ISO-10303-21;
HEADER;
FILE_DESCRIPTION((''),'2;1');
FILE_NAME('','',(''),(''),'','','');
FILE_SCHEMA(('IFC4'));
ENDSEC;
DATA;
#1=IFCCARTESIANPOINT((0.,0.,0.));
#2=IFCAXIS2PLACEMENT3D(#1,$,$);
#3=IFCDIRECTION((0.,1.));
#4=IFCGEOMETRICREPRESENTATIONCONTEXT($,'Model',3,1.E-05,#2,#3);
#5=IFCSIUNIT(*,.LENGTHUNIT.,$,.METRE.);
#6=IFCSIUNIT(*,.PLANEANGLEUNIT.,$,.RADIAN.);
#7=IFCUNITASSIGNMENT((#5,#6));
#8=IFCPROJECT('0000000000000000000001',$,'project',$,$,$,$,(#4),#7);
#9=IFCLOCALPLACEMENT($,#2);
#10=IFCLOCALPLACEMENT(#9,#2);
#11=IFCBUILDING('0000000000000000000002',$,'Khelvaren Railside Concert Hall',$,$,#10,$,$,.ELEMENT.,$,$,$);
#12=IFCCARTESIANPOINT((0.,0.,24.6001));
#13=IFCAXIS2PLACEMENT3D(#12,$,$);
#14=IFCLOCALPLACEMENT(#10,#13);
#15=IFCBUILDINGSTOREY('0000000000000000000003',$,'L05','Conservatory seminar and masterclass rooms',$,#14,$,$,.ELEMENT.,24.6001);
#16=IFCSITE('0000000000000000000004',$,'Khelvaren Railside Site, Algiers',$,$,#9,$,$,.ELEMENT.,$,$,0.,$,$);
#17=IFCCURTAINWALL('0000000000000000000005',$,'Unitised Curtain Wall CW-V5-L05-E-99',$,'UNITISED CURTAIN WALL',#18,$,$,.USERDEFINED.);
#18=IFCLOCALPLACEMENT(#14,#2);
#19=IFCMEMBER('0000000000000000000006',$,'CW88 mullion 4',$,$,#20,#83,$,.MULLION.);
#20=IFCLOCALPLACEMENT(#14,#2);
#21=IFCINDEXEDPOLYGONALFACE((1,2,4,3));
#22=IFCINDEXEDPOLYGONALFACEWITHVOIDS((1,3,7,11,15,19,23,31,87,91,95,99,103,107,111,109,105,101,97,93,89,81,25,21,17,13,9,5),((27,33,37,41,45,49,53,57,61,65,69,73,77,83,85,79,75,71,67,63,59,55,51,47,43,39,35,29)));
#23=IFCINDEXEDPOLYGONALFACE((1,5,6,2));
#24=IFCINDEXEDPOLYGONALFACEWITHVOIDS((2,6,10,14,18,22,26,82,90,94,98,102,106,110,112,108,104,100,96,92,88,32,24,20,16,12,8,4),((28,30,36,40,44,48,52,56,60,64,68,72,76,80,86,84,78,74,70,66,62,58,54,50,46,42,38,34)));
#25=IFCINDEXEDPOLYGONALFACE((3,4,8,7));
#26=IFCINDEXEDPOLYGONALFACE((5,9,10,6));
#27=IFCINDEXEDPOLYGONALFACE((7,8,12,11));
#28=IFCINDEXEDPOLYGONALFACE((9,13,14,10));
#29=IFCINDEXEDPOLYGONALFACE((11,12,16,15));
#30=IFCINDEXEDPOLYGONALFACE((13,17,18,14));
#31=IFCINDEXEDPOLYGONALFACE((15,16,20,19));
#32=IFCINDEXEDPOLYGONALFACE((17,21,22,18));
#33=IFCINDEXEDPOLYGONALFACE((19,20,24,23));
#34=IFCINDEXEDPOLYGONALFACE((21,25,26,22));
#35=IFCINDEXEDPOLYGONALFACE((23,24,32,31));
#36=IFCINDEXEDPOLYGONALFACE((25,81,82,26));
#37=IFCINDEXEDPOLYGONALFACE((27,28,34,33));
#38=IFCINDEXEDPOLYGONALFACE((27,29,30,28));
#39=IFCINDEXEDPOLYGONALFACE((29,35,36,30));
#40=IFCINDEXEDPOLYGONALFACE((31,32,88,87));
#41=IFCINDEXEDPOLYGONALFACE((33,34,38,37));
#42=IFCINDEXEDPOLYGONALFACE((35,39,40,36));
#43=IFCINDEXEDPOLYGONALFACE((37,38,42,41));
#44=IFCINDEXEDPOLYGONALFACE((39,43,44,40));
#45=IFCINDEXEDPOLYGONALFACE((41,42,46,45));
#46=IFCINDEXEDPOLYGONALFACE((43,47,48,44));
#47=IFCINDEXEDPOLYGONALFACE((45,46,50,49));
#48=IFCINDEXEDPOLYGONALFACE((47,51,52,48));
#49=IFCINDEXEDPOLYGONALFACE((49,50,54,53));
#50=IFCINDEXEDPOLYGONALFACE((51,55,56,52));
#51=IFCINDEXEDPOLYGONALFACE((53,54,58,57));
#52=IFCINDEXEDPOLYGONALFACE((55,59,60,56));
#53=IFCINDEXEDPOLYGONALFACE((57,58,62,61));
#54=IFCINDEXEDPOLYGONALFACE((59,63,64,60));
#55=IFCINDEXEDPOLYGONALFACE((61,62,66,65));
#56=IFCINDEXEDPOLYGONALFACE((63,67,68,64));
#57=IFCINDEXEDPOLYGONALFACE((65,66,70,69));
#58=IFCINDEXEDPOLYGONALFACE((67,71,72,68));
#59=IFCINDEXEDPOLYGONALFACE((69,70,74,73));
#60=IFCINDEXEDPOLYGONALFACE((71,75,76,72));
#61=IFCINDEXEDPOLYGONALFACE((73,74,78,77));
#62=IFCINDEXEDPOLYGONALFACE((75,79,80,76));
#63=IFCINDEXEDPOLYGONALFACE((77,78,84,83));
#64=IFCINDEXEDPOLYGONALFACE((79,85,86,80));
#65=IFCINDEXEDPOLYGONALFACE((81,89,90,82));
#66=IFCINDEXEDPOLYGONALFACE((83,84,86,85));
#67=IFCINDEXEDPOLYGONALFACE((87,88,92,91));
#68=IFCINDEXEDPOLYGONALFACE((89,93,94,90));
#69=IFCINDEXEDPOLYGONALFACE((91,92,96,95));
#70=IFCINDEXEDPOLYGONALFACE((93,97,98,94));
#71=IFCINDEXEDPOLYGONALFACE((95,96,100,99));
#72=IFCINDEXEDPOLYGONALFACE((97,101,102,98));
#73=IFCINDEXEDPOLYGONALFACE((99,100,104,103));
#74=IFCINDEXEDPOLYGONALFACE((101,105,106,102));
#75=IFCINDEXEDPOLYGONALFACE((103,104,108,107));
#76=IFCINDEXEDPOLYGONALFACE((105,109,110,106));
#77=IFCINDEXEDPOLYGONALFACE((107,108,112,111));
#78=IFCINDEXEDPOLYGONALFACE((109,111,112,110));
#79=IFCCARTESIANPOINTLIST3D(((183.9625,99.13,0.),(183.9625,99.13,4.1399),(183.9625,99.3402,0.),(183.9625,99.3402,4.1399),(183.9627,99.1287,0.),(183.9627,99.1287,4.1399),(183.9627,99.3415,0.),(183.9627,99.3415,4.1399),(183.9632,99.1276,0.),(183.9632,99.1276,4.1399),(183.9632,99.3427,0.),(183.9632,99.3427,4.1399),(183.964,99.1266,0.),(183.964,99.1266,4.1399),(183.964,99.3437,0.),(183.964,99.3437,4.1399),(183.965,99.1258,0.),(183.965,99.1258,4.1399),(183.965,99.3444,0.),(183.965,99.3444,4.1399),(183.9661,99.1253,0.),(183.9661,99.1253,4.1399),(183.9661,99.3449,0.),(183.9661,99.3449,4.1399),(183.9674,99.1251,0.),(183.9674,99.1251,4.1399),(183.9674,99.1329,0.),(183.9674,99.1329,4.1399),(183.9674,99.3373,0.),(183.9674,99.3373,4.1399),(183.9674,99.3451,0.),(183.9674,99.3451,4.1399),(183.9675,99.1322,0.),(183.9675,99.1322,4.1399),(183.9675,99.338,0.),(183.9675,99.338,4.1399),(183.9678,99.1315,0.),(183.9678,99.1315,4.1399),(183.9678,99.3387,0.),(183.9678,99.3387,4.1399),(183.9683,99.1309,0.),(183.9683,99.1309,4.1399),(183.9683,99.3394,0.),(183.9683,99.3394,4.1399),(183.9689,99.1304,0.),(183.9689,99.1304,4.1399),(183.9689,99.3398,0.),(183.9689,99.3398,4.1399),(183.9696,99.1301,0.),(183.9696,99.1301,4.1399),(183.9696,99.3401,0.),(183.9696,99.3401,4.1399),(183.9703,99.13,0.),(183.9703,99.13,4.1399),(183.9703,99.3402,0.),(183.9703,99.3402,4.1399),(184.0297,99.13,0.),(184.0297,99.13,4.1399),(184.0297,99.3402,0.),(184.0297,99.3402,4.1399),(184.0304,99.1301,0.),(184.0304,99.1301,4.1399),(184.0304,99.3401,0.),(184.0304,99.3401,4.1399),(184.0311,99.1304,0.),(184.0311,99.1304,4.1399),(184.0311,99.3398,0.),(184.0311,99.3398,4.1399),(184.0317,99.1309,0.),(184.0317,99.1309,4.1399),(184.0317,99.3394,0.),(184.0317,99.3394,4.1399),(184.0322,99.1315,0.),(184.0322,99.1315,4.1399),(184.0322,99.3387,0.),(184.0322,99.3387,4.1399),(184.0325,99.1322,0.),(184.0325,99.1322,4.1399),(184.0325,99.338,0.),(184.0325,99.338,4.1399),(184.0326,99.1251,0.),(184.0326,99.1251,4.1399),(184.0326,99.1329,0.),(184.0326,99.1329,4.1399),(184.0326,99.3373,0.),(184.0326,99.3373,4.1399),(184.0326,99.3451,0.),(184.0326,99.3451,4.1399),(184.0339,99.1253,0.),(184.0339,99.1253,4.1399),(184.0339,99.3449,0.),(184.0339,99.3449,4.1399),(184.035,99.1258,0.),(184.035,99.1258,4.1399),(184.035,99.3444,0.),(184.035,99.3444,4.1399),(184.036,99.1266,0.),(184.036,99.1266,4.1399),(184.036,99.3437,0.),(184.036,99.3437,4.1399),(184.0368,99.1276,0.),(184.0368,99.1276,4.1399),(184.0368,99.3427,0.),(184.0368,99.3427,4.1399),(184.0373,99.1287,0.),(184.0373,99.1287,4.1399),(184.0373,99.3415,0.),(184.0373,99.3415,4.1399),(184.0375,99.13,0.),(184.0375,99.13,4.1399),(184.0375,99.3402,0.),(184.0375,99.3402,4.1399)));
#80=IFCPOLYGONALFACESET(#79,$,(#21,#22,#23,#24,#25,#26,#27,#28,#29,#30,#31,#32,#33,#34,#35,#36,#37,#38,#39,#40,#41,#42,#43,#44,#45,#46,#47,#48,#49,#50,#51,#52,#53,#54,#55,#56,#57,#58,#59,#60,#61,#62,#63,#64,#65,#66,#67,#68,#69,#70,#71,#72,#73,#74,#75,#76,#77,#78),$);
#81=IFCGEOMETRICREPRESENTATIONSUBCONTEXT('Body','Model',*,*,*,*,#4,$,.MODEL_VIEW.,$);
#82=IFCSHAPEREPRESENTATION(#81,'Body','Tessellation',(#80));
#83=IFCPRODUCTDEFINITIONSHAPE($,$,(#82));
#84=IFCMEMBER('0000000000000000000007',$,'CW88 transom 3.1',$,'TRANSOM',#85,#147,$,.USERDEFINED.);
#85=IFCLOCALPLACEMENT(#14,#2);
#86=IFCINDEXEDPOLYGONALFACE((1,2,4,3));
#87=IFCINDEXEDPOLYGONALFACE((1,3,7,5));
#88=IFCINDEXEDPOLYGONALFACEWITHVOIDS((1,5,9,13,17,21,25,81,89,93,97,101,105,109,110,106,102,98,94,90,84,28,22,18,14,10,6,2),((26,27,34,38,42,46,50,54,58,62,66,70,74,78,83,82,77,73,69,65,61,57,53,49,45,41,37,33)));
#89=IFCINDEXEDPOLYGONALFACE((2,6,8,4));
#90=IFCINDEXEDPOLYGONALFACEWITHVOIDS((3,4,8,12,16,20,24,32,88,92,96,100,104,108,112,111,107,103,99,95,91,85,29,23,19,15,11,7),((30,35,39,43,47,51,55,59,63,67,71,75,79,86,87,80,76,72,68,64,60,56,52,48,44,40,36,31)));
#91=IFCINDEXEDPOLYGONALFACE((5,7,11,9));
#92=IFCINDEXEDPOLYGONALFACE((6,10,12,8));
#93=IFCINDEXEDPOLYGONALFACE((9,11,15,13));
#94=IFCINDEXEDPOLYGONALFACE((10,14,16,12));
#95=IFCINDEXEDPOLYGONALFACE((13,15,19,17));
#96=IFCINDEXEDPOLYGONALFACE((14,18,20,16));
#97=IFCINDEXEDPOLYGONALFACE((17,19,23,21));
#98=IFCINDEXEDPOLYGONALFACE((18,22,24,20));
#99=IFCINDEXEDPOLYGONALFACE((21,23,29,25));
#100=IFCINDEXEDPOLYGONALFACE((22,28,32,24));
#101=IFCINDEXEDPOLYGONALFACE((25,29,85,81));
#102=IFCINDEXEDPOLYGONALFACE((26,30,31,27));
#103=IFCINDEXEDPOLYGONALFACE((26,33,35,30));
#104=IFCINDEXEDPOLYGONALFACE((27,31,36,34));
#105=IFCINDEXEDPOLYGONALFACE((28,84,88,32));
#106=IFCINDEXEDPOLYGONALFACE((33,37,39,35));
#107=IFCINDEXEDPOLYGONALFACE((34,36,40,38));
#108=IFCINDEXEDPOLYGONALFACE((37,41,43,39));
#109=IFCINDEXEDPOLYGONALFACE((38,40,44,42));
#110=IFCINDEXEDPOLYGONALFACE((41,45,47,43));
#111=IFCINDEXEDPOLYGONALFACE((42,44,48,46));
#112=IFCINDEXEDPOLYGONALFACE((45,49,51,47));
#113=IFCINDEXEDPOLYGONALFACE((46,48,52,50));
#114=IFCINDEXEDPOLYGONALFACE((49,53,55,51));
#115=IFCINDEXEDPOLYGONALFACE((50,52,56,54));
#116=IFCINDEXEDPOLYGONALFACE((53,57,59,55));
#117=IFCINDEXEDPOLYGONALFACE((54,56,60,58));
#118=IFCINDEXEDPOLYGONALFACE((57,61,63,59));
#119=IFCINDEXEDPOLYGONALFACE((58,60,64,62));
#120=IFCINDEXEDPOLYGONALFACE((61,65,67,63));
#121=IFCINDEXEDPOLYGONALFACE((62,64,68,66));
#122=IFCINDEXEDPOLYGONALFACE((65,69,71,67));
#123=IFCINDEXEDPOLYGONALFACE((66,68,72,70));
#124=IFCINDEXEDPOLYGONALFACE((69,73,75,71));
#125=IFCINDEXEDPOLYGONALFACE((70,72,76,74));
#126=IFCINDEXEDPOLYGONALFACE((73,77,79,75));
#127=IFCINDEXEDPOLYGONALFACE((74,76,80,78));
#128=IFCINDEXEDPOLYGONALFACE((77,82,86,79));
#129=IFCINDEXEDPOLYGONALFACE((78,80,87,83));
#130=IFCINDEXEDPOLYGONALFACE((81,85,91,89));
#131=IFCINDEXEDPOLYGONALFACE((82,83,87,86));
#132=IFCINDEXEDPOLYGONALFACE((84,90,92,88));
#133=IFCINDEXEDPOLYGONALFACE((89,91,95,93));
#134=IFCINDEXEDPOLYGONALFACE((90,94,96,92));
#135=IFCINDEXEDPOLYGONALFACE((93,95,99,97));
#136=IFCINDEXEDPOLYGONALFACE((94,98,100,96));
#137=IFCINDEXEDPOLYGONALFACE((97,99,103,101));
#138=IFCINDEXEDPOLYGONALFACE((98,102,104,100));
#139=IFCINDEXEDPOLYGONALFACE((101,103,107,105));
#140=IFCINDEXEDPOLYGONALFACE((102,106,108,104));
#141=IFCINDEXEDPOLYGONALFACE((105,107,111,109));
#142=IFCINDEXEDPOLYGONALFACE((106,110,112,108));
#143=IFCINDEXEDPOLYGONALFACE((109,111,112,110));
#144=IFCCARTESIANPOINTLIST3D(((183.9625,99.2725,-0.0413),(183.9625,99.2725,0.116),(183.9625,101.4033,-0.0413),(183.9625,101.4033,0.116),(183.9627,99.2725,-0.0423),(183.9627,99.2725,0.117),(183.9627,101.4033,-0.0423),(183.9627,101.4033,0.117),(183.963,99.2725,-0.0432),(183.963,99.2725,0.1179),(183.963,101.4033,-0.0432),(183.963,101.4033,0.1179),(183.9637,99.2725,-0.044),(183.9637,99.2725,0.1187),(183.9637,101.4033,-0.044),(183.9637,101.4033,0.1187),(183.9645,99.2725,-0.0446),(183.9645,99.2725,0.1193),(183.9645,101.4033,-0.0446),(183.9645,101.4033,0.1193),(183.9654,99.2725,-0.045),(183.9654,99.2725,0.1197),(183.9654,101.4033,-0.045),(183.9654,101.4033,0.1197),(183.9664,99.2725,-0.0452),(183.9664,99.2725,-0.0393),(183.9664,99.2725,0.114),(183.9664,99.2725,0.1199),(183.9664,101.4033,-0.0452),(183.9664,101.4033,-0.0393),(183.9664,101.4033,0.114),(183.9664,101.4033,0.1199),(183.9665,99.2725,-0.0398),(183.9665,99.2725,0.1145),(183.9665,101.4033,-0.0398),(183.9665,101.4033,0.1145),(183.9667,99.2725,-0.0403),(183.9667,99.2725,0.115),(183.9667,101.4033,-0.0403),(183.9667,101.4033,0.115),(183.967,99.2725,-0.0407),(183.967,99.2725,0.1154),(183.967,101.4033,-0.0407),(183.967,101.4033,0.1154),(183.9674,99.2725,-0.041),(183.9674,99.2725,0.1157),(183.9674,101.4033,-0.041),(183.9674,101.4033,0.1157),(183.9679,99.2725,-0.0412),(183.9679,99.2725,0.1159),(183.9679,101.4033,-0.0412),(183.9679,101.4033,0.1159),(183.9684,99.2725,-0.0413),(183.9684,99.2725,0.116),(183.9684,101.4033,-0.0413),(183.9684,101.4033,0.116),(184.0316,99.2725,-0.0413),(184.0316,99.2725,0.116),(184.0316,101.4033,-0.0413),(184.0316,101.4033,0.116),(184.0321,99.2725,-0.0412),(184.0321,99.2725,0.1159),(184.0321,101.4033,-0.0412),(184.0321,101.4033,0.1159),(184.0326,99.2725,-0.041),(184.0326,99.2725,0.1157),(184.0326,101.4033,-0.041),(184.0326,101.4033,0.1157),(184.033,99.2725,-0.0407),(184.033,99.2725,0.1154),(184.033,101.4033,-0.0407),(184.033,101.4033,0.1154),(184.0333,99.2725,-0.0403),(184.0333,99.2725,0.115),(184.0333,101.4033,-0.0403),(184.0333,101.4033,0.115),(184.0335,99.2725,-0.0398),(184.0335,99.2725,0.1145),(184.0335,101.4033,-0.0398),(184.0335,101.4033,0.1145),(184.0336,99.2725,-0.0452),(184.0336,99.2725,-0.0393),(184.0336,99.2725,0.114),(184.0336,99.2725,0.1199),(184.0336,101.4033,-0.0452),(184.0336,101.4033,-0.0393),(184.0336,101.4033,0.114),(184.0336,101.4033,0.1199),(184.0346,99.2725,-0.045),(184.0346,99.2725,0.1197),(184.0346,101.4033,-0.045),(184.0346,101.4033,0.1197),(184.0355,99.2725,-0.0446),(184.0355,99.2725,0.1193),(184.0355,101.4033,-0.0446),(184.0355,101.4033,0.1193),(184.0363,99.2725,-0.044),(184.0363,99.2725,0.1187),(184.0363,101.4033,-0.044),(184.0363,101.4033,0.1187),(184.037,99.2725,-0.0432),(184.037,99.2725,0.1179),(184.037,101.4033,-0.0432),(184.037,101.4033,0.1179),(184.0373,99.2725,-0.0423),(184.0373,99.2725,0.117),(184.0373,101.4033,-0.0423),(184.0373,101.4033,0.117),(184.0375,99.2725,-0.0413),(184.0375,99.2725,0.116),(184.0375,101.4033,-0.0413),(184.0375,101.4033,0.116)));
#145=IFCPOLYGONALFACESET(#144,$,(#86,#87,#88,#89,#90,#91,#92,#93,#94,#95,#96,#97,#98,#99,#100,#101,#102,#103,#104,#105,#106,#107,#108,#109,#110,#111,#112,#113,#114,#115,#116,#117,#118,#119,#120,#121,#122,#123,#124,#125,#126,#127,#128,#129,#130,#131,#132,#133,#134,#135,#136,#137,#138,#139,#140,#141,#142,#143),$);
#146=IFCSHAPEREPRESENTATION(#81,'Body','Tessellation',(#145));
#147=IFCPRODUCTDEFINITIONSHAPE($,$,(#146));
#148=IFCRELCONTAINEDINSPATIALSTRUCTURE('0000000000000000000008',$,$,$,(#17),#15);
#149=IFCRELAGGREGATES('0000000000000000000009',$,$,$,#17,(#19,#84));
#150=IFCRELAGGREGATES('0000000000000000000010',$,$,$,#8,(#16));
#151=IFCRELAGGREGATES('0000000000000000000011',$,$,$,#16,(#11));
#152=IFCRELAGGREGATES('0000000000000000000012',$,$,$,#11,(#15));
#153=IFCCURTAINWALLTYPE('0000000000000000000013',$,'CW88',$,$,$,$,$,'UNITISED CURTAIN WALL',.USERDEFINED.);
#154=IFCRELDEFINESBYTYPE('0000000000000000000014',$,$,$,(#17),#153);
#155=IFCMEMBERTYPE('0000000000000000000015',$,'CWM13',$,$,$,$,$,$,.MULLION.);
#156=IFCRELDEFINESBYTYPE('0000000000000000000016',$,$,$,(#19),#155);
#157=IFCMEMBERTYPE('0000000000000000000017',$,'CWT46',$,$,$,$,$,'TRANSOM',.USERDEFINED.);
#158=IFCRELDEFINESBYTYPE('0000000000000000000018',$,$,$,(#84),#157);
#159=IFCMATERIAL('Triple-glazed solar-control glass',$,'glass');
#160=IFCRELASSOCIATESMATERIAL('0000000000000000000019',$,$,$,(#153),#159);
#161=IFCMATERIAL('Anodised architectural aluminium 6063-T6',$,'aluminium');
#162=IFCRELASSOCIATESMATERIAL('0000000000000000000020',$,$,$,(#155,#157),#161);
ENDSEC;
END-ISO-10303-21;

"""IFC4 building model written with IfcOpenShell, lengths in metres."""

from ifc_helpers import new_model, si_unit, direction, frame, origin, origin_2d, place, context, subcontext, project, spatial, hollow_rectangle, extrude, material, material_profile, profile_set, type_object, element, aggregate, save


model = new_model("IFC4")

# Units and contexts
model_context = context("Model", 3, precision=1e-05, world=origin(), true_north=direction((0.0, 1.0)))
body_context = subcontext(model_context, "Body", "Model", "MODEL_VIEW")
ifc_project = project(units=[si_unit("LENGTHUNIT", "METRE"), si_unit("PLANEANGLEUNIT", "RADIAN")], contexts=[model_context])

# Site, building, storey
site_placement = place(None, origin())
site = spatial("IfcSite", under=ifc_project, at=site_placement, Name="Khelvaren Railside Site, Algiers", CompositionType="ELEMENT", RefElevation=0.0)
building_placement = place(site_placement, origin())
building = spatial("IfcBuilding", under=site, at=building_placement, Name="Khelvaren Railside Concert Hall", CompositionType="ELEMENT")
storey_placement = place(building_placement, frame((0.0, 0.0, 24.6001)))
storey = spatial("IfcBuildingStorey", under=building, at=storey_placement, Name="L05", Description="Conservatory seminar and masterclass rooms", CompositionType="ELEMENT", Elevation=24.6001)

# Curtain wall, members
ifc_material_1 = material(Name="Triple-glazed solar-control glass", Category="glass")
curtain_wall_type = type_object("IfcCurtainWallType", Name="CW88", ElementType="UNITISED CURTAIN WALL", PredefinedType="USERDEFINED", material=ifc_material_1)
curtain_wall_placement = place(storey_placement, origin())
curtain_wall = element("IfcCurtainWall", 1, at=curtain_wall_placement, inside=storey, type_object=curtain_wall_type, Name="Unitised Curtain Wall CW-V5-L05-E-99", ObjectType="UNITISED CURTAIN WALL", PredefinedType="USERDEFINED")
ifc_material_2 = material(Name="Anodised architectural aluminium 6063-T6", Category="aluminium")
ifc_material_profile_1 = material_profile(ifc_material_2, hollow_rectangle(XDim=0.075, YDim=0.22, WallThickness=0.0049, InnerFilletRadius=0.0029, OuterFilletRadius=0.0049, at=origin_2d()), Name="CWM 75x220x5")
ifc_profile_set_1 = profile_set([ifc_material_profile_1], Name="Anodised architectural aluminium 6063-T6")
member_type_1 = type_object("IfcMemberType", Name="CWM13", PredefinedType="MULLION", material=ifc_profile_set_1)
member_1_placement = place(storey_placement, frame((184.0, 99.2351, 0.0), z_axis=(0.0, 0.0, 1.0), x_axis=(1.0, 0.0, 0.0)))
member_1 = element("IfcMember", 2, at=member_1_placement, type_object=member_type_1, Name="CW88 mullion 4", PredefinedType="MULLION", context=body_context, shape_type="SweptSolid", body=[
    extrude(hollow_rectangle(XDim=0.075, YDim=0.22, WallThickness=0.0049, InnerFilletRadius=0.0029, OuterFilletRadius=0.0049, at=origin_2d()), origin(), (0.0, 0.0, 1.0), 4.1399),
])
ifc_material_profile_2 = material_profile(ifc_material_2, hollow_rectangle(XDim=0.075, YDim=0.165, WallThickness=0.0039, InnerFilletRadius=0.002, OuterFilletRadius=0.0039, at=origin_2d()), Name="CWT 75x165x4")
ifc_profile_set_2 = profile_set([ifc_material_profile_2], Name="Anodised architectural aluminium 6063-T6")
member_type_2 = type_object("IfcMemberType", Name="CWT46", ElementType="TRANSOM", PredefinedType="USERDEFINED", material=ifc_profile_set_2)
member_2_placement = place(storey_placement, frame((184.0, 101.4033, 0.0374), z_axis=(0.0, -1.0, 0.0), x_axis=(1.0, 0.0, 0.0)))
member_2 = element("IfcMember", 3, at=member_2_placement, type_object=member_type_2, Name="CW88 transom 3.1", ObjectType="TRANSOM", PredefinedType="USERDEFINED", context=body_context, shape_type="SweptSolid", body=[
    extrude(hollow_rectangle(XDim=0.075, YDim=0.165, WallThickness=0.0039, InnerFilletRadius=0.002, OuterFilletRadius=0.0039, at=origin_2d()), origin(), (0.0, 0.0, 1.0), 2.1309),
])

aggregate(curtain_wall, [member_1, member_2])

save(model, "model.ifc")
